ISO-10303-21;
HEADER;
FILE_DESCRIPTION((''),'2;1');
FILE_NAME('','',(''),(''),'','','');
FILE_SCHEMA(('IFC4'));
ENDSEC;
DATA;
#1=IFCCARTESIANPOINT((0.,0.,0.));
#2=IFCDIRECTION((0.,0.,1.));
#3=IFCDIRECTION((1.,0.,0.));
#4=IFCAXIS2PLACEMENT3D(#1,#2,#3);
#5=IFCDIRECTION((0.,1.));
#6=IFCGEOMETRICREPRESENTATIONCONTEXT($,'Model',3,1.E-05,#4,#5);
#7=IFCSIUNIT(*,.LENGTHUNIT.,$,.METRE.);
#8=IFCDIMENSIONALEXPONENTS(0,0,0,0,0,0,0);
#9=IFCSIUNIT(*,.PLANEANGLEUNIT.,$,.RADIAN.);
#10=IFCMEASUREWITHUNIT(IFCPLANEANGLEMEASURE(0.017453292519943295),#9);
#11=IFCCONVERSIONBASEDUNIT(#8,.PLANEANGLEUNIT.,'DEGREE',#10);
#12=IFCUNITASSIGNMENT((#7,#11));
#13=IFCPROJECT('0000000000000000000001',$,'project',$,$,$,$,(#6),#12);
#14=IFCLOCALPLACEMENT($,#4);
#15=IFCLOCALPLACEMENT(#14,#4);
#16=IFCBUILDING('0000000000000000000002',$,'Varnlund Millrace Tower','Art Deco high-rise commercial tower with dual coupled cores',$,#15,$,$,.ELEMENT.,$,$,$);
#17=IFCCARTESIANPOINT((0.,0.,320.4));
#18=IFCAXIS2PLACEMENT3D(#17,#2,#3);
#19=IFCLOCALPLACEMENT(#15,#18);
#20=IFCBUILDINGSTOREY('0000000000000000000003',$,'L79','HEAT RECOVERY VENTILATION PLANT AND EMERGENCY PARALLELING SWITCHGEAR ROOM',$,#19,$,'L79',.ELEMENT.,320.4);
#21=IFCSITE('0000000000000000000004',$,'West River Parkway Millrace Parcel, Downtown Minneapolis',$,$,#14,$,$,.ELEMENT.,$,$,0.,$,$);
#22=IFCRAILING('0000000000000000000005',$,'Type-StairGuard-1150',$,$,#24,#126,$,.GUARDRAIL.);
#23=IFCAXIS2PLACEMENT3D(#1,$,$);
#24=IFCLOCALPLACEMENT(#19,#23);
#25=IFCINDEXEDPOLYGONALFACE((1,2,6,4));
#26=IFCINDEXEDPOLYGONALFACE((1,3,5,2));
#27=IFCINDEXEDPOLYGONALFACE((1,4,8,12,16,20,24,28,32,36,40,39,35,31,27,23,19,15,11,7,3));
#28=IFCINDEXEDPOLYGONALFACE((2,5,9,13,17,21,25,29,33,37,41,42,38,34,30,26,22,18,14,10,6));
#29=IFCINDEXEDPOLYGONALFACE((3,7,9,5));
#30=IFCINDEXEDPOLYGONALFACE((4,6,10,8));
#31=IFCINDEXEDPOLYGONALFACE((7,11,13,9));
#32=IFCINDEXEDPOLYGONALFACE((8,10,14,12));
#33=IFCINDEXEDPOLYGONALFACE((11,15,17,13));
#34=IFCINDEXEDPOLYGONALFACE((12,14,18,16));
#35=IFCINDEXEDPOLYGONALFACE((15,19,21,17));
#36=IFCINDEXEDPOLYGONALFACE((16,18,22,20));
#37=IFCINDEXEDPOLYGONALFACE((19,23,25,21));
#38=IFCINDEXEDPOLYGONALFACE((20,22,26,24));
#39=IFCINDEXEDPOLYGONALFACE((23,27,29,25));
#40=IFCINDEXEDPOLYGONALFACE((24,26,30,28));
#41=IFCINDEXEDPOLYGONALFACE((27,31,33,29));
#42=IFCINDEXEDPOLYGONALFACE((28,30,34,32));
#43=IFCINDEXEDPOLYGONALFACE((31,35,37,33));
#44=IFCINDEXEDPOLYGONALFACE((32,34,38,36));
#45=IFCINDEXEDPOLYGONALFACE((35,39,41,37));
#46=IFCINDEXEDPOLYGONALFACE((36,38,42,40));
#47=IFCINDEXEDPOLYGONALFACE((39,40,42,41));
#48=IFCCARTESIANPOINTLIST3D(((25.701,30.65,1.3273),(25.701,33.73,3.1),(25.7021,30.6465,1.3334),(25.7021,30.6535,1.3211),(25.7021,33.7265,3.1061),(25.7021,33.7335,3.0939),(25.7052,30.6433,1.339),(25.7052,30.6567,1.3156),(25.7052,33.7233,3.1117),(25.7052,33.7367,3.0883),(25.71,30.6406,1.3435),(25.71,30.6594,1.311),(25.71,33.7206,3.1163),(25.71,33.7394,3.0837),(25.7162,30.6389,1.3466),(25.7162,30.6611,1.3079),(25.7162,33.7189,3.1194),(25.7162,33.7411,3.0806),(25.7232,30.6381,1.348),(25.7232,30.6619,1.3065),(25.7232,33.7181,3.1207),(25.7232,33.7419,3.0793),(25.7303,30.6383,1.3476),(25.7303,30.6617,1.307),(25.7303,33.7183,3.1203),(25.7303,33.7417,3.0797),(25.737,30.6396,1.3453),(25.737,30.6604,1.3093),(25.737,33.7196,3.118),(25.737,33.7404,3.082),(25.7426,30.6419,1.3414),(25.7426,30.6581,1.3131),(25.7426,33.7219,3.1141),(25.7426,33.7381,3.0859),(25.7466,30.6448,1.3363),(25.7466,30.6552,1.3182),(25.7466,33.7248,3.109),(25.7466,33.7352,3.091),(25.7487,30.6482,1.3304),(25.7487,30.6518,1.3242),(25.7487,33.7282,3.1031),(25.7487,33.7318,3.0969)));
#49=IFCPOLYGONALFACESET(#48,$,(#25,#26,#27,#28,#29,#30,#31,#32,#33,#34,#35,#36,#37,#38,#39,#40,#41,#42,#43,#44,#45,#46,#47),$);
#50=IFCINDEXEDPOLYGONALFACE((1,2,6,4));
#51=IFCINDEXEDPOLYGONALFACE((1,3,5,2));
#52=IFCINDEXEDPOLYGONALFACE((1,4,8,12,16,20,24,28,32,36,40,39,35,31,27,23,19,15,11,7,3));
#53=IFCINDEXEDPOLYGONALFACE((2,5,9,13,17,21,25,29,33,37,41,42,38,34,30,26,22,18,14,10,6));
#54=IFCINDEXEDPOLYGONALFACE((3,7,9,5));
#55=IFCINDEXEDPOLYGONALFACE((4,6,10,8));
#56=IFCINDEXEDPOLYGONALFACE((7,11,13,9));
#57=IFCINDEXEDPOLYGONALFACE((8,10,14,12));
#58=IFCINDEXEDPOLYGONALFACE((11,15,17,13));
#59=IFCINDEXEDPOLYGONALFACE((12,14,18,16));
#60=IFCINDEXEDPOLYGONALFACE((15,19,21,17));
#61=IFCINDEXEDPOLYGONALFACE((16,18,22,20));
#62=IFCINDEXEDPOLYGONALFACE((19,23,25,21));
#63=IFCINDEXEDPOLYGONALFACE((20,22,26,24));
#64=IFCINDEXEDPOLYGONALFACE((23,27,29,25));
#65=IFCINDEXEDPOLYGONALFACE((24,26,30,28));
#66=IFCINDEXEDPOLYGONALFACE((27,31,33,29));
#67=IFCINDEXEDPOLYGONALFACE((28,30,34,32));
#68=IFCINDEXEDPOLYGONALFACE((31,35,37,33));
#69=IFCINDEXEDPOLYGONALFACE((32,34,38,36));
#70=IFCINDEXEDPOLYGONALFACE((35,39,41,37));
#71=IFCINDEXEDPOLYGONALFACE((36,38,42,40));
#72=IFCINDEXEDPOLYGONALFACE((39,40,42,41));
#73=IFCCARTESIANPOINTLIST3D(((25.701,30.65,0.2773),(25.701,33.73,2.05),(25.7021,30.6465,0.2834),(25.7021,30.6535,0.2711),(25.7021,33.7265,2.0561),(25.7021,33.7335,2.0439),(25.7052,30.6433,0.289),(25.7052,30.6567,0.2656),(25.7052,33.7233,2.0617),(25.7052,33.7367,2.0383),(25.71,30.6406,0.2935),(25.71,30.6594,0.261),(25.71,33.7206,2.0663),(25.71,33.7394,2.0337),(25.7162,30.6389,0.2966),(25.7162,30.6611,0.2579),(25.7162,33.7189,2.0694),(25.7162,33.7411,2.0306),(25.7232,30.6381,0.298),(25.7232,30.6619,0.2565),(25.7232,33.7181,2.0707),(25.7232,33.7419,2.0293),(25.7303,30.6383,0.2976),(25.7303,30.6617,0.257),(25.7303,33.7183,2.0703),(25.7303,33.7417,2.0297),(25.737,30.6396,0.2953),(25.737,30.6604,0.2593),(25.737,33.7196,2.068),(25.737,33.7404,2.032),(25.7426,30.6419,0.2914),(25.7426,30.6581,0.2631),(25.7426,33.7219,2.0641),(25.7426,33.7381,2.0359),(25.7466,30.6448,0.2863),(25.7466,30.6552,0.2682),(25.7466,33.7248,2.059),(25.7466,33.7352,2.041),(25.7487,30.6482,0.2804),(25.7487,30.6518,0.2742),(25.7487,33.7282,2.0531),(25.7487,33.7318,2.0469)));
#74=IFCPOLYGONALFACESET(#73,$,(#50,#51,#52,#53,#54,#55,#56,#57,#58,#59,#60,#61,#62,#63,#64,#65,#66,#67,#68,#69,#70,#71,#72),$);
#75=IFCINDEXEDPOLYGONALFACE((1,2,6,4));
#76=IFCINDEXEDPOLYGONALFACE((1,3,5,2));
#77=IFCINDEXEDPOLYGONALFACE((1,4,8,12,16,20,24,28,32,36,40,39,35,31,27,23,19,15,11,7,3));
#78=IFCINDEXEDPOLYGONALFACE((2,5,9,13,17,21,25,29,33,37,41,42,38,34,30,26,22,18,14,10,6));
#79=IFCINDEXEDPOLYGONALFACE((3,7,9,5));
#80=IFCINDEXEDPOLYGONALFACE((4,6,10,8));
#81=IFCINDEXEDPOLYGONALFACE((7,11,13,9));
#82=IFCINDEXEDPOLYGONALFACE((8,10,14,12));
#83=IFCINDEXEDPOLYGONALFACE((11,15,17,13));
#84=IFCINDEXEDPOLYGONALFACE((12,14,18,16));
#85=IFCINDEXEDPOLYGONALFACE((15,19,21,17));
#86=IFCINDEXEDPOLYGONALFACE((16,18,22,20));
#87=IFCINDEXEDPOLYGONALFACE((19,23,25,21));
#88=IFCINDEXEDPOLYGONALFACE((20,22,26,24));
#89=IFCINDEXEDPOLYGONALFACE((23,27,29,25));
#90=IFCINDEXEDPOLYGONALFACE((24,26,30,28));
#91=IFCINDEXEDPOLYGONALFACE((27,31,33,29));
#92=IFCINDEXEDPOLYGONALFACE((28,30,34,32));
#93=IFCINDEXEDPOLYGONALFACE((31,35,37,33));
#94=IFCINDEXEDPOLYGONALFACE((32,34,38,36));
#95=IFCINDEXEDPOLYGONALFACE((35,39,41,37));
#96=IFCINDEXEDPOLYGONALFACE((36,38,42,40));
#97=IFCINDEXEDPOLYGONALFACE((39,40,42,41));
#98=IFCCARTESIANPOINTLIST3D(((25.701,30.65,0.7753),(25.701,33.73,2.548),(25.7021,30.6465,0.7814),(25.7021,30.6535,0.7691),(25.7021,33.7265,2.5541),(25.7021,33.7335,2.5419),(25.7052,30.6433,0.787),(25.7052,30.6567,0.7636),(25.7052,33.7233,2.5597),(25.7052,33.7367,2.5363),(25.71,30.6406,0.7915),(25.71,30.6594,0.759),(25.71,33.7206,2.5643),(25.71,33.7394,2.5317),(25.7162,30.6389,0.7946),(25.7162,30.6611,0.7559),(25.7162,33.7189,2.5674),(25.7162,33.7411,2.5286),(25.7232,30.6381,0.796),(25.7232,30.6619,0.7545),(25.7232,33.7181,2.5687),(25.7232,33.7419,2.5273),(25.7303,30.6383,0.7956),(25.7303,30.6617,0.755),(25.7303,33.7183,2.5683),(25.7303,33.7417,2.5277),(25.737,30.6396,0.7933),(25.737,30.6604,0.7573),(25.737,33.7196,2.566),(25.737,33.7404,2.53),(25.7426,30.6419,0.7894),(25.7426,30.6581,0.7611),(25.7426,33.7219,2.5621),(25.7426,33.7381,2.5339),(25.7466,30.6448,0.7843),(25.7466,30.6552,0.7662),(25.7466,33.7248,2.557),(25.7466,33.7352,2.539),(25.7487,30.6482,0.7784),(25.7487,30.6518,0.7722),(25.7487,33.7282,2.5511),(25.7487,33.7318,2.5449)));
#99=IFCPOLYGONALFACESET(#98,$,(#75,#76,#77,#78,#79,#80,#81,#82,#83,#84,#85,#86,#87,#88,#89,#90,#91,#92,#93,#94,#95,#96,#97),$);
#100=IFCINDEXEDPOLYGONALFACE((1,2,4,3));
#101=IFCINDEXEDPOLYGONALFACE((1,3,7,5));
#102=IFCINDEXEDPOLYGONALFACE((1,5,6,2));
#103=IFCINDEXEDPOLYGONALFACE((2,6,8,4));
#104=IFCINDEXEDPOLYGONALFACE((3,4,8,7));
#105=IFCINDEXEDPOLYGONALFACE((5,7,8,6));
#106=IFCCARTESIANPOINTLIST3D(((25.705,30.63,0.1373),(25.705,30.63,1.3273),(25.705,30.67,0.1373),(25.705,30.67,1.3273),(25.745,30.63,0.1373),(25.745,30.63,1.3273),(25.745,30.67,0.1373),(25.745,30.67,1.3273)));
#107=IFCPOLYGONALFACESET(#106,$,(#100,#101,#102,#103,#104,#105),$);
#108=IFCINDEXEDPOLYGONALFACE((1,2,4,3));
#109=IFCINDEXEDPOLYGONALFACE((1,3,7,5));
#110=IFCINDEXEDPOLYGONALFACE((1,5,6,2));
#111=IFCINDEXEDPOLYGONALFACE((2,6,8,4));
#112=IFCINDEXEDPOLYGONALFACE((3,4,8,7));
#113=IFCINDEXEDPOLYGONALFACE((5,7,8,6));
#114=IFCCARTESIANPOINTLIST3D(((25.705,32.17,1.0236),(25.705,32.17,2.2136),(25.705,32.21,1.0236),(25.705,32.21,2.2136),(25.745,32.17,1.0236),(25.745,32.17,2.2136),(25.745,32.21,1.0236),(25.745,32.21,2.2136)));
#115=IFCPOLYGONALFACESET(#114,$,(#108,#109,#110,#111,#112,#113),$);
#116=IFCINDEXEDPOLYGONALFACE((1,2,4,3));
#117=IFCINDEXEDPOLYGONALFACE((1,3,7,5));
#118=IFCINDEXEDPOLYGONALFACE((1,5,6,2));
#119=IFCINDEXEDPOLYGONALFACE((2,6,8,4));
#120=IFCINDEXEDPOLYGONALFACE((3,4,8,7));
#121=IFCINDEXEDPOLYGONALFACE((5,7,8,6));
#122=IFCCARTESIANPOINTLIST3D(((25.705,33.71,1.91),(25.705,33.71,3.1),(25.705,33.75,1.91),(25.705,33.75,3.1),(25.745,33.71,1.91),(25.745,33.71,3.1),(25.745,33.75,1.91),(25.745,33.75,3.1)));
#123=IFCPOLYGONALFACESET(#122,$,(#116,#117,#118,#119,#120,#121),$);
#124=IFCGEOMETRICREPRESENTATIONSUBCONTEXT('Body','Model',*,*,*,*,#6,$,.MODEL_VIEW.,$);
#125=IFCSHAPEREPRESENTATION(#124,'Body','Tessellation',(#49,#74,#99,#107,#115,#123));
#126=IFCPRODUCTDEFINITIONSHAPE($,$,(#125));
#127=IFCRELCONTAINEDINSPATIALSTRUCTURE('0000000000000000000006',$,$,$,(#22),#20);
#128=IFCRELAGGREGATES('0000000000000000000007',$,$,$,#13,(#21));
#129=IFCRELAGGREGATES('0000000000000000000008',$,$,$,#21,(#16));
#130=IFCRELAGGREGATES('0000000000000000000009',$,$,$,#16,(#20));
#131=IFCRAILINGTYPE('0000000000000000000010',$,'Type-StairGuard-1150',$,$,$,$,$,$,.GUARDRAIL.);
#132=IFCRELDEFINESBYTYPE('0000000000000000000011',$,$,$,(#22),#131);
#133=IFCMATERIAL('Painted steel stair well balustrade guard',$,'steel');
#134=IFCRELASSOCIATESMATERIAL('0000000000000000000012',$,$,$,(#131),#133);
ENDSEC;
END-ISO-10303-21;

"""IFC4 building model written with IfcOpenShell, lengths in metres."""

from ifc_helpers import new_model, entity, si_unit, converted_unit, direction, frame, origin_with_axes, origin_2d_with_axis, place, context, subcontext, project, spatial, rectangle, circle, extrude, material, type_object, element, save


model = new_model("IFC4")

# Units and contexts
model_context = context("Model", 3, precision=1e-05, world=origin_with_axes(), true_north=direction((0.0, 1.0)))
body_context = subcontext(model_context, "Body", "Model", "MODEL_VIEW")
ifc_project = project(units=[si_unit("LENGTHUNIT", "METRE"), converted_unit("PLANEANGLEUNIT", "DEGREE", entity("IfcPlaneAngleMeasure", 0.017453292519943295), si_unit("PLANEANGLEUNIT", "RADIAN"), dimensions=[0, 0, 0, 0, 0, 0, 0])], contexts=[model_context])

# Site, building, storey
site_placement = place(None, origin_with_axes())
site = spatial("IfcSite", under=ifc_project, at=site_placement, Name="West River Parkway Millrace Parcel, Downtown Minneapolis", CompositionType="ELEMENT", RefElevation=0.0)
building_placement = place(site_placement, origin_with_axes())
building = spatial("IfcBuilding", under=site, at=building_placement, Name="Varnlund Millrace Tower", Description="Art Deco high-rise commercial tower with dual coupled cores", CompositionType="ELEMENT")
storey_placement = place(building_placement, frame((0.0, 0.0, 320.4), z_axis=(0.0, 0.0, 1.0), x_axis=(1.0, 0.0, 0.0)))
storey = spatial("IfcBuildingStorey", under=building, at=storey_placement, Name="L79", Description="HEAT RECOVERY VENTILATION PLANT AND EMERGENCY PARALLELING SWITCHGEAR ROOM", LongName="L79", CompositionType="ELEMENT", Elevation=320.4)

# Railing
ifc_material_1 = material(Name="Painted steel stair well balustrade guard", Category="steel")
railing_type_1 = type_object("IfcRailingType", Name="Type-StairGuard-1150", PredefinedType="GUARDRAIL", material=ifc_material_1)
railing_1_placement = place(storey_placement, frame((0.0, 0.0, -320.4), z_axis=(0.0, 0.0, 1.0), x_axis=(1.0, 0.0, 0.0)))
element("IfcRailing", 1, at=railing_1_placement, inside=storey, type_object=railing_type_1, Name="Type-StairGuard-1150", PredefinedType="GUARDRAIL", context=body_context, shape_type="SweptSolid", body=[
    extrude(circle(Radius=0.024, at=origin_2d_with_axis()), frame((25.725, 30.65, 321.7273), z_axis=(0.0, 0.866696, 0.498836), x_axis=(-1.0, 0.0, 0.0)), (0.0, 0.0, 1.0), 3.5537),
    extrude(circle(Radius=0.024, at=origin_2d_with_axis()), frame((25.725, 30.65, 320.6773), z_axis=(0.0, 0.866696, 0.498836), x_axis=(-1.0, 0.0, 0.0)), (0.0, 0.0, 1.0), 3.5537),
    extrude(circle(Radius=0.024, at=origin_2d_with_axis()), frame((25.725, 30.65, 321.1753), z_axis=(0.0, 0.866696, 0.498836), x_axis=(-1.0, 0.0, 0.0)), (0.0, 0.0, 1.0), 3.5537),
    extrude(rectangle(XDim=0.04, YDim=0.04, at=origin_2d_with_axis()), frame((25.725, 30.65, 320.5373), z_axis=(0.0, 0.0, 1.0), x_axis=(1.0, 0.0, 0.0)), (0.0, 0.0, 1.0), 1.19),
    extrude(rectangle(XDim=0.04, YDim=0.04, at=origin_2d_with_axis()), frame((25.725, 32.19, 321.4236), z_axis=(0.0, 0.0, 1.0), x_axis=(1.0, 0.0, 0.0)), (0.0, 0.0, 1.0), 1.19),
    extrude(rectangle(XDim=0.04, YDim=0.04, at=origin_2d_with_axis()), frame((25.725, 33.73, 322.31), z_axis=(0.0, 0.0, 1.0), x_axis=(1.0, 0.0, 0.0)), (0.0, 0.0, 1.0), 1.19),
])

save(model, "model.ifc")
